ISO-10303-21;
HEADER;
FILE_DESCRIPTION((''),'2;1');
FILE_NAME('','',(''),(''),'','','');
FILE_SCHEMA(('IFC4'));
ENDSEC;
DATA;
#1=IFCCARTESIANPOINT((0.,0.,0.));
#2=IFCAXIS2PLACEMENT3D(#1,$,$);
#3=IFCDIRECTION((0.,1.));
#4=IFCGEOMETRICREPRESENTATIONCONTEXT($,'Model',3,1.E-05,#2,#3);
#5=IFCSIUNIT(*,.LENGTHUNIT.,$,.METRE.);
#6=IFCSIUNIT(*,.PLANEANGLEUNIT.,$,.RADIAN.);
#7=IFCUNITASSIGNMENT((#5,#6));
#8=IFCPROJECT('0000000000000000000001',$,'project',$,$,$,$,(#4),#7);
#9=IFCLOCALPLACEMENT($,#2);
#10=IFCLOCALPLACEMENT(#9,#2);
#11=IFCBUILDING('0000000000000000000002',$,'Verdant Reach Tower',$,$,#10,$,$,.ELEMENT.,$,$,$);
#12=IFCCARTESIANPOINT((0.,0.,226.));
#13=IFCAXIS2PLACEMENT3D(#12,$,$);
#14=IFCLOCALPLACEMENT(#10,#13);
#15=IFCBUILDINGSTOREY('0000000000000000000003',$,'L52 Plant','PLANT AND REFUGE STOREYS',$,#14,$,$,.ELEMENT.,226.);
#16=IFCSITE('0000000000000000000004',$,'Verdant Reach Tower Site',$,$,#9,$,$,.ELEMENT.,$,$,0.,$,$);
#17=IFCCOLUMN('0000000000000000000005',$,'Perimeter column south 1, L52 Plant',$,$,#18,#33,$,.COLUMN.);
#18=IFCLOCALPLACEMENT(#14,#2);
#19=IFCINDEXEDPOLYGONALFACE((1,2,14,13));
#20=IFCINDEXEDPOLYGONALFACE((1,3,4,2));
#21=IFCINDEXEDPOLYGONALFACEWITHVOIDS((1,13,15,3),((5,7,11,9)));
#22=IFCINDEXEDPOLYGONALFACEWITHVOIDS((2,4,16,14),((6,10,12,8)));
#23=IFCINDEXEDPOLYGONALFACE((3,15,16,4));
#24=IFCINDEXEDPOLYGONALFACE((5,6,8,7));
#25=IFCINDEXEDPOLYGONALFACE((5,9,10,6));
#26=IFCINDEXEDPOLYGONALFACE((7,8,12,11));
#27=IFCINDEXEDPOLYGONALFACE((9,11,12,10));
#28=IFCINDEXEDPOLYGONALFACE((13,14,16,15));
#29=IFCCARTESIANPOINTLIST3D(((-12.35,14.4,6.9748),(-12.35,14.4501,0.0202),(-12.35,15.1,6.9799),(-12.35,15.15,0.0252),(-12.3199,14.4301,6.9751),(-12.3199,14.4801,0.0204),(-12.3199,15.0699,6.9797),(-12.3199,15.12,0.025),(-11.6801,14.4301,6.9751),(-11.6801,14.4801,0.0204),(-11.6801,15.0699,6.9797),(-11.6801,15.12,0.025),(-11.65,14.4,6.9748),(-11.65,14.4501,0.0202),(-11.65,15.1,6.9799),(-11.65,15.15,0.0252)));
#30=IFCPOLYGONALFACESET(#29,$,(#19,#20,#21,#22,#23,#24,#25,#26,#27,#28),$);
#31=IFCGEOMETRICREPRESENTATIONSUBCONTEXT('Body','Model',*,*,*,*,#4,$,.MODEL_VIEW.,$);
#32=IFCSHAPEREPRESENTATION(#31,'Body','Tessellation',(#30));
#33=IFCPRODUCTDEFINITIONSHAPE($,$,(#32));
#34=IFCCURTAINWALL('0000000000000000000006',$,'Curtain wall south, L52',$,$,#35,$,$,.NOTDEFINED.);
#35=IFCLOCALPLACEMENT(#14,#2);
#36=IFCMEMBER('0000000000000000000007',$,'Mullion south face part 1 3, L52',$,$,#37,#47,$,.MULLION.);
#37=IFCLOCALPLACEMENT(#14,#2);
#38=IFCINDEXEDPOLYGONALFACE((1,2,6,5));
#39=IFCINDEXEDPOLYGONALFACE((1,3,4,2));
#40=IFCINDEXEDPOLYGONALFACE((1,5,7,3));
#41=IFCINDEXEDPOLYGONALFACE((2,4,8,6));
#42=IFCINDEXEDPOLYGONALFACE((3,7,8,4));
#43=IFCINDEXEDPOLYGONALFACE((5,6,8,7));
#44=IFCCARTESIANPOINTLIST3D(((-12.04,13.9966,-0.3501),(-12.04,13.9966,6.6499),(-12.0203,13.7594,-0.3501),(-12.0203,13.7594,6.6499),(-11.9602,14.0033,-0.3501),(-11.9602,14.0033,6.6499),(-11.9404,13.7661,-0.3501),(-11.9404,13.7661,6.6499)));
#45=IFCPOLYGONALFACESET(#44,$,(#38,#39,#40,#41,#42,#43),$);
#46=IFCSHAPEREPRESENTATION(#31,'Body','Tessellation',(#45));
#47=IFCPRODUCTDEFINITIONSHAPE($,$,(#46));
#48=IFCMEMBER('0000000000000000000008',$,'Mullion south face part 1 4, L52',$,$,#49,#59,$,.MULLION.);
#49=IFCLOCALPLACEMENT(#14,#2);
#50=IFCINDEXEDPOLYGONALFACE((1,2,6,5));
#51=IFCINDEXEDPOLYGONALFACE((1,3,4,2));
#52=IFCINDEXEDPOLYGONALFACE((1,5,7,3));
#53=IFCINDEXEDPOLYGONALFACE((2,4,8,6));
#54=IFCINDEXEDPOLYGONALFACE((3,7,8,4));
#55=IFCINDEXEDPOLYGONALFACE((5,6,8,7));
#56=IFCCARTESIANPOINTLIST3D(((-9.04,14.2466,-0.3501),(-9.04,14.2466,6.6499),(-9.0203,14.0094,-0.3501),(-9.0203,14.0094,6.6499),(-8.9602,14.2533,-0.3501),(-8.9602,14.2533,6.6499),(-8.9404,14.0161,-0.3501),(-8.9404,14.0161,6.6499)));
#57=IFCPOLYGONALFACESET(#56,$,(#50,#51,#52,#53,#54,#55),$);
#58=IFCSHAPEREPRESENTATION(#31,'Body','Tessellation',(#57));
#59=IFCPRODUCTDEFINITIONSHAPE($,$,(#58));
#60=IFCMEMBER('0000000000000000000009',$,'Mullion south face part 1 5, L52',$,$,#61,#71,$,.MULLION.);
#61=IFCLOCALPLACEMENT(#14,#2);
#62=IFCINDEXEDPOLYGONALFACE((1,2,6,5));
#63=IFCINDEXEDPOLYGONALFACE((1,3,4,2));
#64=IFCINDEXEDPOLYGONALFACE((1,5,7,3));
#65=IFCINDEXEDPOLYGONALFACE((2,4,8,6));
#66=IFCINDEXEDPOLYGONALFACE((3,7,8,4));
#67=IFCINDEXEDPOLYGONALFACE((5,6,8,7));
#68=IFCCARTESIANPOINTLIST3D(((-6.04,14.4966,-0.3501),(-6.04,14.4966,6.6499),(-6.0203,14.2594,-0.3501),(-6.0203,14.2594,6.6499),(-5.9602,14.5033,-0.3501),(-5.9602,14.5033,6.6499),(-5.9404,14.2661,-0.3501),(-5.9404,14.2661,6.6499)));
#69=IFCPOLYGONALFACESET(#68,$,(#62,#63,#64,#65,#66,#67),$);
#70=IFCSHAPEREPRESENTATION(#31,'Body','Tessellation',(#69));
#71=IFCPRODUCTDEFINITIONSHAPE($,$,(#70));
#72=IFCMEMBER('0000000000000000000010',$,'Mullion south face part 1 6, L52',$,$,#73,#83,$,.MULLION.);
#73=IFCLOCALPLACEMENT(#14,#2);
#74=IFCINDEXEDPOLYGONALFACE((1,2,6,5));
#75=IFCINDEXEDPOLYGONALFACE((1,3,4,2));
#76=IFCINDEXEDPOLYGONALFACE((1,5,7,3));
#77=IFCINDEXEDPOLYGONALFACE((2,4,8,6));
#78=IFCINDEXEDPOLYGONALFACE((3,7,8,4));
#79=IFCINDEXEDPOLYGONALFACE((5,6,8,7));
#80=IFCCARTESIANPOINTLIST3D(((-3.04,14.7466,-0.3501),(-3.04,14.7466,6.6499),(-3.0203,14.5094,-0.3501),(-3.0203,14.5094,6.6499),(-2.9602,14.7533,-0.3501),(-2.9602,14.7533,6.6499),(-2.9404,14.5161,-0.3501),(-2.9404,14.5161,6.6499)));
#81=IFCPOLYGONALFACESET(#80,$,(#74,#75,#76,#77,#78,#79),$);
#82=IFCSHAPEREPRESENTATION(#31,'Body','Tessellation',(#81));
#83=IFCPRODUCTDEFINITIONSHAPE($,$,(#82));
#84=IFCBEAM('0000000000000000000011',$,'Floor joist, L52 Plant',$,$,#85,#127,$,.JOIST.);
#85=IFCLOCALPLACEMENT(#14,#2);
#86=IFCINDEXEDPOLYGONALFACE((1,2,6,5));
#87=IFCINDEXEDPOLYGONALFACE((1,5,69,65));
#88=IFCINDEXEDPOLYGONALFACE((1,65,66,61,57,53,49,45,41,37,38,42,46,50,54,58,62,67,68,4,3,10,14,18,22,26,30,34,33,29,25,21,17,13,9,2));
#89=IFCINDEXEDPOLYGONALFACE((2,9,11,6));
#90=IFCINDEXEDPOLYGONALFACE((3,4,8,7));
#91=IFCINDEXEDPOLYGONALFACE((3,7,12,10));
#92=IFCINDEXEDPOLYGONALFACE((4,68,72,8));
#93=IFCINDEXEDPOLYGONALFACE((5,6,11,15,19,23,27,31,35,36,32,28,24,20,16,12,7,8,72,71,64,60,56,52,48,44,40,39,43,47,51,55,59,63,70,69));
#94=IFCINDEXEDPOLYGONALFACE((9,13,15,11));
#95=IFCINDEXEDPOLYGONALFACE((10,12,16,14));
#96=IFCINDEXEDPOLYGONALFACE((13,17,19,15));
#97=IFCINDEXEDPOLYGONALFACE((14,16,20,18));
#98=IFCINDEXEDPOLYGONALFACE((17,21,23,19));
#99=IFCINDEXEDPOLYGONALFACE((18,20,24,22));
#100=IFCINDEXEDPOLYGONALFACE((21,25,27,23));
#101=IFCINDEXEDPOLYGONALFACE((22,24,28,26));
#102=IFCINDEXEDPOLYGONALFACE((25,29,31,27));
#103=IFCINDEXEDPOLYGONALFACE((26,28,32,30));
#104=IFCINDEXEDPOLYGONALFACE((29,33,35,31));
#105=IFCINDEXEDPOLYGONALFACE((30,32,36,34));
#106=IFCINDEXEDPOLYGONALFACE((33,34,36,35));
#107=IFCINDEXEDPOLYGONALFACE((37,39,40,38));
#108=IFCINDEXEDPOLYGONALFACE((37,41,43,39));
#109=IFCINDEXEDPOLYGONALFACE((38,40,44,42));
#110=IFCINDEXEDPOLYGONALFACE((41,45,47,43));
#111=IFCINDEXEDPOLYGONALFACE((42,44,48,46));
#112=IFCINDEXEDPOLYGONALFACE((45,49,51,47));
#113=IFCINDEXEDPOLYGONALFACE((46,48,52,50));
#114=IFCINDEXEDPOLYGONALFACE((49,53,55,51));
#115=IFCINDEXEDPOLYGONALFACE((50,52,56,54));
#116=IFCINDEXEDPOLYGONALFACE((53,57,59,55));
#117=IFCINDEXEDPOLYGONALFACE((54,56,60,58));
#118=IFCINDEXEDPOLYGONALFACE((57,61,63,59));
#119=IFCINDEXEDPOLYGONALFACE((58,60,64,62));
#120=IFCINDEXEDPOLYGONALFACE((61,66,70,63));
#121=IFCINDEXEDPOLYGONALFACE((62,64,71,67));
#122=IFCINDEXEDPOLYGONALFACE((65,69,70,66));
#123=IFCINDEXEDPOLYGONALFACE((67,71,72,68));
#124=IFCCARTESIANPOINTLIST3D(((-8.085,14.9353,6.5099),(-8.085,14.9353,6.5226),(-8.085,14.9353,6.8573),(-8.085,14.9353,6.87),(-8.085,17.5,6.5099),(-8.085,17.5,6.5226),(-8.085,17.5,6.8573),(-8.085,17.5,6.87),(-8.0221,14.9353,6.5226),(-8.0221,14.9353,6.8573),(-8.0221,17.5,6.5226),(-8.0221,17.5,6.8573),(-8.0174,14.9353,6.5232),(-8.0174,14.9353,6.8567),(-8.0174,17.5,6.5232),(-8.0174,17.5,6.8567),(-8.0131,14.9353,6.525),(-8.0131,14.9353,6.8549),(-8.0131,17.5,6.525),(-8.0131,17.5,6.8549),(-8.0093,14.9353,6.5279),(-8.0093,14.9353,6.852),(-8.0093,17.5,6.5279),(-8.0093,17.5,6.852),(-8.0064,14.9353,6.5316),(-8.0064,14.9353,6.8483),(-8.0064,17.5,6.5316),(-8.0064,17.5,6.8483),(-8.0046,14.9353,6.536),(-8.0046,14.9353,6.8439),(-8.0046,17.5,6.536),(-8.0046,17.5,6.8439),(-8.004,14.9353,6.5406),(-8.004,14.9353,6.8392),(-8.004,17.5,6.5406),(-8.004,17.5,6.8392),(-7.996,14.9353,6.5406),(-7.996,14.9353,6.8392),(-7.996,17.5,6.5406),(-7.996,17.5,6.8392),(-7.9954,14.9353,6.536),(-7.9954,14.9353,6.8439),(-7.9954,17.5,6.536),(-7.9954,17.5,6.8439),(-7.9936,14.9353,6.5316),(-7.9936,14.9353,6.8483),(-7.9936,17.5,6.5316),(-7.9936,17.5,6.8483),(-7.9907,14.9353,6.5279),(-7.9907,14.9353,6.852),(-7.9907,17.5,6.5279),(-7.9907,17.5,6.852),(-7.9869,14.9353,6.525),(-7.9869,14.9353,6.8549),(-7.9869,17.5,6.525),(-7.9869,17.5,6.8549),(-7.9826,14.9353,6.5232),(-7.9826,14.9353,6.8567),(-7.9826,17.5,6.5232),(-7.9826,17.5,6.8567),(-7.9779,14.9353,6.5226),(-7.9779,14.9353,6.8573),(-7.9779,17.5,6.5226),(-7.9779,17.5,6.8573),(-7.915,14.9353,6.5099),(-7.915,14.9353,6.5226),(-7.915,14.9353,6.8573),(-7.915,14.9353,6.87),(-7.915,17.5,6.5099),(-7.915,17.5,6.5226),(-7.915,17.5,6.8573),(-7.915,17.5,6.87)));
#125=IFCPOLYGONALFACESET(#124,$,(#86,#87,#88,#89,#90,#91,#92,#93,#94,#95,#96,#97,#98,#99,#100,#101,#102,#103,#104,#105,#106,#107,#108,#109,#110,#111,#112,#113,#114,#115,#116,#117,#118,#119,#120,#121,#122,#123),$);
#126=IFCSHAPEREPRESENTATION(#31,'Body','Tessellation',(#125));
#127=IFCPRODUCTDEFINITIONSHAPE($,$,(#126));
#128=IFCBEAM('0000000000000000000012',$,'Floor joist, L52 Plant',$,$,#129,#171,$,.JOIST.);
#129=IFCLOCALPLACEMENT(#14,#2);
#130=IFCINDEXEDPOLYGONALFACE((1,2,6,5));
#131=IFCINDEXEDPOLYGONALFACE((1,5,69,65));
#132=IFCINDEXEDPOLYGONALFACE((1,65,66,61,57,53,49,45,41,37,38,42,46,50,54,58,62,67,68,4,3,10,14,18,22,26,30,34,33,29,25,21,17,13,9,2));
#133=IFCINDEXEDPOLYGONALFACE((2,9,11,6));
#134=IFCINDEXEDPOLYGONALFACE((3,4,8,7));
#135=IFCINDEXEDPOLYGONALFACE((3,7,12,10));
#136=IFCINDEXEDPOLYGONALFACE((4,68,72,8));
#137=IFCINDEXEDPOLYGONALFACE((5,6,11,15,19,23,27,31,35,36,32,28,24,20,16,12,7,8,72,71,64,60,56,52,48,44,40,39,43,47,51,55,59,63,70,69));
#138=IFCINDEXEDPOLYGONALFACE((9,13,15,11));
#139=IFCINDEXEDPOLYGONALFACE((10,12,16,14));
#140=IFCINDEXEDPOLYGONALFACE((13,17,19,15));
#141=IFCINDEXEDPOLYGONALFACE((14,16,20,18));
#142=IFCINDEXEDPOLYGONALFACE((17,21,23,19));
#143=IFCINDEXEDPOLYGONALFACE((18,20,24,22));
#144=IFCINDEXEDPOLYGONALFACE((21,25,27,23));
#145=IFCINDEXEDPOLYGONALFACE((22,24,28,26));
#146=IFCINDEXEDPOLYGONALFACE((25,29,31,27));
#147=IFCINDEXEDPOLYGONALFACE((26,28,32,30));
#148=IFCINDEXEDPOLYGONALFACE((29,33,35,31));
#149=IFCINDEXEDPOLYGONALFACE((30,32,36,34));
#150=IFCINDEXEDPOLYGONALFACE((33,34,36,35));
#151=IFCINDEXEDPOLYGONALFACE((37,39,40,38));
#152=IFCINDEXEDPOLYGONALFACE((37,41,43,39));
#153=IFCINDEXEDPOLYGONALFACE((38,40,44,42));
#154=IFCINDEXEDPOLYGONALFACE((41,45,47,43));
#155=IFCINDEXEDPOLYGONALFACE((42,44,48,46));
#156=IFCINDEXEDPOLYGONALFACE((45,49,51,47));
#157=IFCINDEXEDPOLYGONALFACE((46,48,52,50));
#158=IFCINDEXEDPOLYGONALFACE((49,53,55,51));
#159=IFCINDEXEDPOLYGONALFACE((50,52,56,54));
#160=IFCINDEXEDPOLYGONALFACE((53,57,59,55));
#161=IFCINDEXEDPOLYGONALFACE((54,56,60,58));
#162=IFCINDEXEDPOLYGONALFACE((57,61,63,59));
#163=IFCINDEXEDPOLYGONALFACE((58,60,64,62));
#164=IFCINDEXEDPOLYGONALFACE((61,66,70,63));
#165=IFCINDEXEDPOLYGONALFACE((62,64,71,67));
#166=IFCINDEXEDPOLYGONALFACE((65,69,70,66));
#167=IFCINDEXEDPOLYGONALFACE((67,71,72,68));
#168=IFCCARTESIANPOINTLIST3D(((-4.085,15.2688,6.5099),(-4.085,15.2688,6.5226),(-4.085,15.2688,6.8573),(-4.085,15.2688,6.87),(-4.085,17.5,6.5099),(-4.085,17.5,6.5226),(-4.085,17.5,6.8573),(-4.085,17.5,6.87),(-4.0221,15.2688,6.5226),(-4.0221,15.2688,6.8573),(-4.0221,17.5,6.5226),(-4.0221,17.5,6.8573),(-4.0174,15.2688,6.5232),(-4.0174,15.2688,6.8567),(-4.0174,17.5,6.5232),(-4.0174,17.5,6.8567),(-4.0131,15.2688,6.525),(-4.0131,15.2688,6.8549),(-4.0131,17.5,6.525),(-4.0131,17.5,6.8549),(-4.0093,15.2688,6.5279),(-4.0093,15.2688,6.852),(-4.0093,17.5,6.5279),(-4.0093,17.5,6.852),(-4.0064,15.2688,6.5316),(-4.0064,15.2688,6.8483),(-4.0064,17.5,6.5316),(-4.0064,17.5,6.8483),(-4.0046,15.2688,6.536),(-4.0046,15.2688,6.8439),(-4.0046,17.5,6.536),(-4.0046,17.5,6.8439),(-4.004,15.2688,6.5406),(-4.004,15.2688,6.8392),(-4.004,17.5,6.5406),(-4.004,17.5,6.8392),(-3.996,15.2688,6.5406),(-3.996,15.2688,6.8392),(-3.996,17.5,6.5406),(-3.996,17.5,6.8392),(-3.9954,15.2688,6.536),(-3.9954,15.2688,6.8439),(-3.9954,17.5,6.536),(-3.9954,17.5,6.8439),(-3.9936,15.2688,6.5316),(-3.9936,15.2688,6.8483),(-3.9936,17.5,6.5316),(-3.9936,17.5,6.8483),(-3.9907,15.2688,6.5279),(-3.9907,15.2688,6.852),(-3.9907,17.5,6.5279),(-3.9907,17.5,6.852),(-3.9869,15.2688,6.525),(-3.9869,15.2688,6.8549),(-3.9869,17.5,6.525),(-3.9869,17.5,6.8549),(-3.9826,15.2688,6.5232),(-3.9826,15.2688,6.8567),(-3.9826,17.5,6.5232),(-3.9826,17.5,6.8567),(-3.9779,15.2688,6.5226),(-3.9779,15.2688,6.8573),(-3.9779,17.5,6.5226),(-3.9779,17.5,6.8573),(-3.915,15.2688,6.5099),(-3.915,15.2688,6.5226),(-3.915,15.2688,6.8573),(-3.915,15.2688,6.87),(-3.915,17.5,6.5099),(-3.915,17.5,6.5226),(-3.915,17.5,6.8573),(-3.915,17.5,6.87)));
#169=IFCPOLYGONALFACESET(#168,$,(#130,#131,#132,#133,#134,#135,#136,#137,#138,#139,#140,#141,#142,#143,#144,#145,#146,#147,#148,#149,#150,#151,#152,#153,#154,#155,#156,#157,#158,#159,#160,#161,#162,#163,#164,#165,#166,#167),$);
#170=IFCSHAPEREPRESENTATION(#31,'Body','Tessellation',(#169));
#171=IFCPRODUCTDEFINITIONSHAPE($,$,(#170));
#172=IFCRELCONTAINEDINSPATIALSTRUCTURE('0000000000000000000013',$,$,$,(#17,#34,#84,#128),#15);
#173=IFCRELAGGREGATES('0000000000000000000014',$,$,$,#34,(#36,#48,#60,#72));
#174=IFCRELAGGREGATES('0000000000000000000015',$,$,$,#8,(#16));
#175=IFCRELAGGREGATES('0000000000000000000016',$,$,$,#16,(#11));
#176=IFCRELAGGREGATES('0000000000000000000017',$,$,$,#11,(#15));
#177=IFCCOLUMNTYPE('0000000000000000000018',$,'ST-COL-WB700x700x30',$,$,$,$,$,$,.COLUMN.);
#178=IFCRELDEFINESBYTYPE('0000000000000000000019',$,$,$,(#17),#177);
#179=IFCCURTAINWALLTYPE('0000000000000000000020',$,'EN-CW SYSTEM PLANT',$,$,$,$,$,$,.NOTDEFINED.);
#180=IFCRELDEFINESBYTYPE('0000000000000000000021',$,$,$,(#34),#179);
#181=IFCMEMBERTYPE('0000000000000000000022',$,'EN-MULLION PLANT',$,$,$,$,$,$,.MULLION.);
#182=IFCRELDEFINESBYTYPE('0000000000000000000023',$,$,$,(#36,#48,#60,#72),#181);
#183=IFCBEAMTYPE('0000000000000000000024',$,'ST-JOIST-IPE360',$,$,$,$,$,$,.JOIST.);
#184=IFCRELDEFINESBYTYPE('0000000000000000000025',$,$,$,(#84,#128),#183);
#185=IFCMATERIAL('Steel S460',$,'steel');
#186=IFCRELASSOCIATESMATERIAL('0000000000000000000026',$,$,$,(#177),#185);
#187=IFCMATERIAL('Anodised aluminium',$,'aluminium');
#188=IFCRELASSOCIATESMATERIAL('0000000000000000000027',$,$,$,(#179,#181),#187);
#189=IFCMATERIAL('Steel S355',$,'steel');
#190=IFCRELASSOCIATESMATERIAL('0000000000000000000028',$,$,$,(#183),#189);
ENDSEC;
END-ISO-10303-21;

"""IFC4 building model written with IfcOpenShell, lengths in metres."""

from ifc_helpers import new_model, si_unit, direction, frame, origin, origin_2d, place, context, subcontext, project, spatial, rectangle, hollow_rectangle, i_section, extrude, material, material_profile, profile_set, type_object, element, aggregate, save


model = new_model("IFC4")

# Units and contexts
model_context = context("Model", 3, precision=1e-05, world=origin(), true_north=direction((0.0, 1.0)))
body_context = subcontext(model_context, "Body", "Model", "MODEL_VIEW")
ifc_project = project(units=[si_unit("LENGTHUNIT", "METRE"), si_unit("PLANEANGLEUNIT", "RADIAN")], contexts=[model_context])

# Site, building, storey
site_placement = place(None, origin())
site = spatial("IfcSite", under=ifc_project, at=site_placement, Name="Verdant Reach Tower Site", CompositionType="ELEMENT", RefElevation=0.0)
building_placement = place(site_placement, origin())
building = spatial("IfcBuilding", under=site, at=building_placement, Name="Verdant Reach Tower", CompositionType="ELEMENT")
storey_placement = place(building_placement, frame((0.0, 0.0, 226.0)))
storey = spatial("IfcBuildingStorey", under=building, at=storey_placement, Name="L52 Plant", Description="PLANT AND REFUGE STOREYS", CompositionType="ELEMENT", Elevation=226.0)

# Column
ifc_material_1 = material(Name="Steel S460", Category="steel")
ifc_material_profile_1 = material_profile(ifc_material_1, hollow_rectangle(XDim=0.7, YDim=0.7, WallThickness=0.03, at=origin_2d()), Name="WB 700x700x30")
ifc_profile_set_1 = profile_set([ifc_material_profile_1], Name="Steel S460")
column_type = type_object("IfcColumnType", Name="ST-COL-WB700x700x30", PredefinedType="COLUMN", material=ifc_profile_set_1)
column_placement = place(storey_placement, frame((-12.0, 14.8, 0.0227), z_axis=(0.0, -0.007196, 0.999974), x_axis=(1.0, 0.0, 0.0)))
element("IfcColumn", 1, at=column_placement, inside=storey, type_object=column_type, Name="Perimeter column south 1, L52 Plant", PredefinedType="COLUMN", context=body_context, shape_type="SweptSolid", body=[
    extrude(hollow_rectangle(XDim=0.7, YDim=0.7, WallThickness=0.03, at=origin_2d()), origin(), (0.0, 0.0, 1.0), 6.9548),
])

# Curtain wall, members
ifc_material_2 = material(Name="Anodised aluminium", Category="aluminium")
curtain_wall_type = type_object("IfcCurtainWallType", Name="EN-CW SYSTEM PLANT", PredefinedType="NOTDEFINED", material=ifc_material_2)
curtain_wall_placement = place(storey_placement, origin())
curtain_wall = element("IfcCurtainWall", 2, at=curtain_wall_placement, inside=storey, type_object=curtain_wall_type, Name="Curtain wall south, L52", PredefinedType="NOTDEFINED")
ifc_material_profile_2 = material_profile(ifc_material_2, rectangle(XDim=0.238, YDim=0.0801, at=origin_2d()), Name="Mullion 80x240")
ifc_profile_set_2 = profile_set([ifc_material_profile_2], Name="Anodised aluminium")
member_type_1 = type_object("IfcMemberType", Name="EN-MULLION PLANT", PredefinedType="MULLION", material=ifc_profile_set_2)
member_1_placement = place(storey_placement, frame((-11.9902, 13.8813, -0.3501), z_axis=(0.0, 0.0, 1.0), x_axis=(0.083045, -0.996546, 0.0)))
member_1 = element("IfcMember", 3, at=member_1_placement, type_object=member_type_1, Name="Mullion south face part 1 3, L52", PredefinedType="MULLION", context=body_context, shape_type="SweptSolid", body=[
    extrude(rectangle(XDim=0.238, YDim=0.0801, at=origin_2d()), origin(), (0.0, 0.0, 1.0), 7.0),
])
member_2_placement = place(storey_placement, frame((-8.9902, 14.1313, -0.3501), z_axis=(0.0, 0.0, 1.0), x_axis=(0.083045, -0.996546, 0.0)))
member_2 = element("IfcMember", 4, at=member_2_placement, type_object=member_type_1, Name="Mullion south face part 1 4, L52", PredefinedType="MULLION", context=body_context, shape_type="SweptSolid", body=[
    extrude(rectangle(XDim=0.238, YDim=0.0801, at=origin_2d()), origin(), (0.0, 0.0, 1.0), 7.0),
])
member_3_placement = place(storey_placement, frame((-5.9902, 14.3813, -0.3501), z_axis=(0.0, 0.0, 1.0), x_axis=(0.083045, -0.996546, 0.0)))
member_3 = element("IfcMember", 5, at=member_3_placement, type_object=member_type_1, Name="Mullion south face part 1 5, L52", PredefinedType="MULLION", context=body_context, shape_type="SweptSolid", body=[
    extrude(rectangle(XDim=0.238, YDim=0.0801, at=origin_2d()), origin(), (0.0, 0.0, 1.0), 7.0),
])
member_4_placement = place(storey_placement, frame((-2.9902, 14.6313, -0.3501), z_axis=(0.0, 0.0, 1.0), x_axis=(0.083045, -0.996546, 0.0)))
member_4 = element("IfcMember", 6, at=member_4_placement, type_object=member_type_1, Name="Mullion south face part 1 6, L52", PredefinedType="MULLION", context=body_context, shape_type="SweptSolid", body=[
    extrude(rectangle(XDim=0.238, YDim=0.0801, at=origin_2d()), origin(), (0.0, 0.0, 1.0), 7.0),
])

# Beams
ifc_material_3 = material(Name="Steel S355", Category="steel")
ifc_material_profile_3 = material_profile(ifc_material_3, i_section(OverallWidth=0.1699, OverallDepth=0.3601, WebThickness=0.0081, FlangeThickness=0.0127, FilletRadius=0.0181, at=origin_2d()), Name="IPE 360")
ifc_profile_set_3 = profile_set([ifc_material_profile_3], Name="Steel S355")
beam_type_1 = type_object("IfcBeamType", Name="ST-JOIST-IPE360", PredefinedType="JOIST", material=ifc_profile_set_3)
beam_1_placement = place(storey_placement, frame((-8.0, 17.5, 6.6899), z_axis=(0.0, -1.0, 0.0), x_axis=(1.0, 0.0, 0.0)))
element("IfcBeam", 7, at=beam_1_placement, inside=storey, type_object=beam_type_1, Name="Floor joist, L52 Plant", PredefinedType="JOIST", context=body_context, shape_type="SweptSolid", body=[
    extrude(i_section(OverallWidth=0.1699, OverallDepth=0.3601, WebThickness=0.0081, FlangeThickness=0.0127, FilletRadius=0.0181, at=origin_2d()), origin(), (0.0, 0.0, 1.0), 2.5647),
])
beam_2_placement = place(storey_placement, frame((-4.0, 17.5, 6.6899), z_axis=(0.0, -1.0, 0.0), x_axis=(1.0, 0.0, 0.0)))
element("IfcBeam", 8, at=beam_2_placement, inside=storey, type_object=beam_type_1, Name="Floor joist, L52 Plant", PredefinedType="JOIST", context=body_context, shape_type="SweptSolid", body=[
    extrude(i_section(OverallWidth=0.1699, OverallDepth=0.3601, WebThickness=0.0081, FlangeThickness=0.0127, FilletRadius=0.0181, at=origin_2d()), origin(), (0.0, 0.0, 1.0), 2.2312),
])

aggregate(curtain_wall, [member_1, member_2, member_3, member_4])

save(model, "model.ifc")
